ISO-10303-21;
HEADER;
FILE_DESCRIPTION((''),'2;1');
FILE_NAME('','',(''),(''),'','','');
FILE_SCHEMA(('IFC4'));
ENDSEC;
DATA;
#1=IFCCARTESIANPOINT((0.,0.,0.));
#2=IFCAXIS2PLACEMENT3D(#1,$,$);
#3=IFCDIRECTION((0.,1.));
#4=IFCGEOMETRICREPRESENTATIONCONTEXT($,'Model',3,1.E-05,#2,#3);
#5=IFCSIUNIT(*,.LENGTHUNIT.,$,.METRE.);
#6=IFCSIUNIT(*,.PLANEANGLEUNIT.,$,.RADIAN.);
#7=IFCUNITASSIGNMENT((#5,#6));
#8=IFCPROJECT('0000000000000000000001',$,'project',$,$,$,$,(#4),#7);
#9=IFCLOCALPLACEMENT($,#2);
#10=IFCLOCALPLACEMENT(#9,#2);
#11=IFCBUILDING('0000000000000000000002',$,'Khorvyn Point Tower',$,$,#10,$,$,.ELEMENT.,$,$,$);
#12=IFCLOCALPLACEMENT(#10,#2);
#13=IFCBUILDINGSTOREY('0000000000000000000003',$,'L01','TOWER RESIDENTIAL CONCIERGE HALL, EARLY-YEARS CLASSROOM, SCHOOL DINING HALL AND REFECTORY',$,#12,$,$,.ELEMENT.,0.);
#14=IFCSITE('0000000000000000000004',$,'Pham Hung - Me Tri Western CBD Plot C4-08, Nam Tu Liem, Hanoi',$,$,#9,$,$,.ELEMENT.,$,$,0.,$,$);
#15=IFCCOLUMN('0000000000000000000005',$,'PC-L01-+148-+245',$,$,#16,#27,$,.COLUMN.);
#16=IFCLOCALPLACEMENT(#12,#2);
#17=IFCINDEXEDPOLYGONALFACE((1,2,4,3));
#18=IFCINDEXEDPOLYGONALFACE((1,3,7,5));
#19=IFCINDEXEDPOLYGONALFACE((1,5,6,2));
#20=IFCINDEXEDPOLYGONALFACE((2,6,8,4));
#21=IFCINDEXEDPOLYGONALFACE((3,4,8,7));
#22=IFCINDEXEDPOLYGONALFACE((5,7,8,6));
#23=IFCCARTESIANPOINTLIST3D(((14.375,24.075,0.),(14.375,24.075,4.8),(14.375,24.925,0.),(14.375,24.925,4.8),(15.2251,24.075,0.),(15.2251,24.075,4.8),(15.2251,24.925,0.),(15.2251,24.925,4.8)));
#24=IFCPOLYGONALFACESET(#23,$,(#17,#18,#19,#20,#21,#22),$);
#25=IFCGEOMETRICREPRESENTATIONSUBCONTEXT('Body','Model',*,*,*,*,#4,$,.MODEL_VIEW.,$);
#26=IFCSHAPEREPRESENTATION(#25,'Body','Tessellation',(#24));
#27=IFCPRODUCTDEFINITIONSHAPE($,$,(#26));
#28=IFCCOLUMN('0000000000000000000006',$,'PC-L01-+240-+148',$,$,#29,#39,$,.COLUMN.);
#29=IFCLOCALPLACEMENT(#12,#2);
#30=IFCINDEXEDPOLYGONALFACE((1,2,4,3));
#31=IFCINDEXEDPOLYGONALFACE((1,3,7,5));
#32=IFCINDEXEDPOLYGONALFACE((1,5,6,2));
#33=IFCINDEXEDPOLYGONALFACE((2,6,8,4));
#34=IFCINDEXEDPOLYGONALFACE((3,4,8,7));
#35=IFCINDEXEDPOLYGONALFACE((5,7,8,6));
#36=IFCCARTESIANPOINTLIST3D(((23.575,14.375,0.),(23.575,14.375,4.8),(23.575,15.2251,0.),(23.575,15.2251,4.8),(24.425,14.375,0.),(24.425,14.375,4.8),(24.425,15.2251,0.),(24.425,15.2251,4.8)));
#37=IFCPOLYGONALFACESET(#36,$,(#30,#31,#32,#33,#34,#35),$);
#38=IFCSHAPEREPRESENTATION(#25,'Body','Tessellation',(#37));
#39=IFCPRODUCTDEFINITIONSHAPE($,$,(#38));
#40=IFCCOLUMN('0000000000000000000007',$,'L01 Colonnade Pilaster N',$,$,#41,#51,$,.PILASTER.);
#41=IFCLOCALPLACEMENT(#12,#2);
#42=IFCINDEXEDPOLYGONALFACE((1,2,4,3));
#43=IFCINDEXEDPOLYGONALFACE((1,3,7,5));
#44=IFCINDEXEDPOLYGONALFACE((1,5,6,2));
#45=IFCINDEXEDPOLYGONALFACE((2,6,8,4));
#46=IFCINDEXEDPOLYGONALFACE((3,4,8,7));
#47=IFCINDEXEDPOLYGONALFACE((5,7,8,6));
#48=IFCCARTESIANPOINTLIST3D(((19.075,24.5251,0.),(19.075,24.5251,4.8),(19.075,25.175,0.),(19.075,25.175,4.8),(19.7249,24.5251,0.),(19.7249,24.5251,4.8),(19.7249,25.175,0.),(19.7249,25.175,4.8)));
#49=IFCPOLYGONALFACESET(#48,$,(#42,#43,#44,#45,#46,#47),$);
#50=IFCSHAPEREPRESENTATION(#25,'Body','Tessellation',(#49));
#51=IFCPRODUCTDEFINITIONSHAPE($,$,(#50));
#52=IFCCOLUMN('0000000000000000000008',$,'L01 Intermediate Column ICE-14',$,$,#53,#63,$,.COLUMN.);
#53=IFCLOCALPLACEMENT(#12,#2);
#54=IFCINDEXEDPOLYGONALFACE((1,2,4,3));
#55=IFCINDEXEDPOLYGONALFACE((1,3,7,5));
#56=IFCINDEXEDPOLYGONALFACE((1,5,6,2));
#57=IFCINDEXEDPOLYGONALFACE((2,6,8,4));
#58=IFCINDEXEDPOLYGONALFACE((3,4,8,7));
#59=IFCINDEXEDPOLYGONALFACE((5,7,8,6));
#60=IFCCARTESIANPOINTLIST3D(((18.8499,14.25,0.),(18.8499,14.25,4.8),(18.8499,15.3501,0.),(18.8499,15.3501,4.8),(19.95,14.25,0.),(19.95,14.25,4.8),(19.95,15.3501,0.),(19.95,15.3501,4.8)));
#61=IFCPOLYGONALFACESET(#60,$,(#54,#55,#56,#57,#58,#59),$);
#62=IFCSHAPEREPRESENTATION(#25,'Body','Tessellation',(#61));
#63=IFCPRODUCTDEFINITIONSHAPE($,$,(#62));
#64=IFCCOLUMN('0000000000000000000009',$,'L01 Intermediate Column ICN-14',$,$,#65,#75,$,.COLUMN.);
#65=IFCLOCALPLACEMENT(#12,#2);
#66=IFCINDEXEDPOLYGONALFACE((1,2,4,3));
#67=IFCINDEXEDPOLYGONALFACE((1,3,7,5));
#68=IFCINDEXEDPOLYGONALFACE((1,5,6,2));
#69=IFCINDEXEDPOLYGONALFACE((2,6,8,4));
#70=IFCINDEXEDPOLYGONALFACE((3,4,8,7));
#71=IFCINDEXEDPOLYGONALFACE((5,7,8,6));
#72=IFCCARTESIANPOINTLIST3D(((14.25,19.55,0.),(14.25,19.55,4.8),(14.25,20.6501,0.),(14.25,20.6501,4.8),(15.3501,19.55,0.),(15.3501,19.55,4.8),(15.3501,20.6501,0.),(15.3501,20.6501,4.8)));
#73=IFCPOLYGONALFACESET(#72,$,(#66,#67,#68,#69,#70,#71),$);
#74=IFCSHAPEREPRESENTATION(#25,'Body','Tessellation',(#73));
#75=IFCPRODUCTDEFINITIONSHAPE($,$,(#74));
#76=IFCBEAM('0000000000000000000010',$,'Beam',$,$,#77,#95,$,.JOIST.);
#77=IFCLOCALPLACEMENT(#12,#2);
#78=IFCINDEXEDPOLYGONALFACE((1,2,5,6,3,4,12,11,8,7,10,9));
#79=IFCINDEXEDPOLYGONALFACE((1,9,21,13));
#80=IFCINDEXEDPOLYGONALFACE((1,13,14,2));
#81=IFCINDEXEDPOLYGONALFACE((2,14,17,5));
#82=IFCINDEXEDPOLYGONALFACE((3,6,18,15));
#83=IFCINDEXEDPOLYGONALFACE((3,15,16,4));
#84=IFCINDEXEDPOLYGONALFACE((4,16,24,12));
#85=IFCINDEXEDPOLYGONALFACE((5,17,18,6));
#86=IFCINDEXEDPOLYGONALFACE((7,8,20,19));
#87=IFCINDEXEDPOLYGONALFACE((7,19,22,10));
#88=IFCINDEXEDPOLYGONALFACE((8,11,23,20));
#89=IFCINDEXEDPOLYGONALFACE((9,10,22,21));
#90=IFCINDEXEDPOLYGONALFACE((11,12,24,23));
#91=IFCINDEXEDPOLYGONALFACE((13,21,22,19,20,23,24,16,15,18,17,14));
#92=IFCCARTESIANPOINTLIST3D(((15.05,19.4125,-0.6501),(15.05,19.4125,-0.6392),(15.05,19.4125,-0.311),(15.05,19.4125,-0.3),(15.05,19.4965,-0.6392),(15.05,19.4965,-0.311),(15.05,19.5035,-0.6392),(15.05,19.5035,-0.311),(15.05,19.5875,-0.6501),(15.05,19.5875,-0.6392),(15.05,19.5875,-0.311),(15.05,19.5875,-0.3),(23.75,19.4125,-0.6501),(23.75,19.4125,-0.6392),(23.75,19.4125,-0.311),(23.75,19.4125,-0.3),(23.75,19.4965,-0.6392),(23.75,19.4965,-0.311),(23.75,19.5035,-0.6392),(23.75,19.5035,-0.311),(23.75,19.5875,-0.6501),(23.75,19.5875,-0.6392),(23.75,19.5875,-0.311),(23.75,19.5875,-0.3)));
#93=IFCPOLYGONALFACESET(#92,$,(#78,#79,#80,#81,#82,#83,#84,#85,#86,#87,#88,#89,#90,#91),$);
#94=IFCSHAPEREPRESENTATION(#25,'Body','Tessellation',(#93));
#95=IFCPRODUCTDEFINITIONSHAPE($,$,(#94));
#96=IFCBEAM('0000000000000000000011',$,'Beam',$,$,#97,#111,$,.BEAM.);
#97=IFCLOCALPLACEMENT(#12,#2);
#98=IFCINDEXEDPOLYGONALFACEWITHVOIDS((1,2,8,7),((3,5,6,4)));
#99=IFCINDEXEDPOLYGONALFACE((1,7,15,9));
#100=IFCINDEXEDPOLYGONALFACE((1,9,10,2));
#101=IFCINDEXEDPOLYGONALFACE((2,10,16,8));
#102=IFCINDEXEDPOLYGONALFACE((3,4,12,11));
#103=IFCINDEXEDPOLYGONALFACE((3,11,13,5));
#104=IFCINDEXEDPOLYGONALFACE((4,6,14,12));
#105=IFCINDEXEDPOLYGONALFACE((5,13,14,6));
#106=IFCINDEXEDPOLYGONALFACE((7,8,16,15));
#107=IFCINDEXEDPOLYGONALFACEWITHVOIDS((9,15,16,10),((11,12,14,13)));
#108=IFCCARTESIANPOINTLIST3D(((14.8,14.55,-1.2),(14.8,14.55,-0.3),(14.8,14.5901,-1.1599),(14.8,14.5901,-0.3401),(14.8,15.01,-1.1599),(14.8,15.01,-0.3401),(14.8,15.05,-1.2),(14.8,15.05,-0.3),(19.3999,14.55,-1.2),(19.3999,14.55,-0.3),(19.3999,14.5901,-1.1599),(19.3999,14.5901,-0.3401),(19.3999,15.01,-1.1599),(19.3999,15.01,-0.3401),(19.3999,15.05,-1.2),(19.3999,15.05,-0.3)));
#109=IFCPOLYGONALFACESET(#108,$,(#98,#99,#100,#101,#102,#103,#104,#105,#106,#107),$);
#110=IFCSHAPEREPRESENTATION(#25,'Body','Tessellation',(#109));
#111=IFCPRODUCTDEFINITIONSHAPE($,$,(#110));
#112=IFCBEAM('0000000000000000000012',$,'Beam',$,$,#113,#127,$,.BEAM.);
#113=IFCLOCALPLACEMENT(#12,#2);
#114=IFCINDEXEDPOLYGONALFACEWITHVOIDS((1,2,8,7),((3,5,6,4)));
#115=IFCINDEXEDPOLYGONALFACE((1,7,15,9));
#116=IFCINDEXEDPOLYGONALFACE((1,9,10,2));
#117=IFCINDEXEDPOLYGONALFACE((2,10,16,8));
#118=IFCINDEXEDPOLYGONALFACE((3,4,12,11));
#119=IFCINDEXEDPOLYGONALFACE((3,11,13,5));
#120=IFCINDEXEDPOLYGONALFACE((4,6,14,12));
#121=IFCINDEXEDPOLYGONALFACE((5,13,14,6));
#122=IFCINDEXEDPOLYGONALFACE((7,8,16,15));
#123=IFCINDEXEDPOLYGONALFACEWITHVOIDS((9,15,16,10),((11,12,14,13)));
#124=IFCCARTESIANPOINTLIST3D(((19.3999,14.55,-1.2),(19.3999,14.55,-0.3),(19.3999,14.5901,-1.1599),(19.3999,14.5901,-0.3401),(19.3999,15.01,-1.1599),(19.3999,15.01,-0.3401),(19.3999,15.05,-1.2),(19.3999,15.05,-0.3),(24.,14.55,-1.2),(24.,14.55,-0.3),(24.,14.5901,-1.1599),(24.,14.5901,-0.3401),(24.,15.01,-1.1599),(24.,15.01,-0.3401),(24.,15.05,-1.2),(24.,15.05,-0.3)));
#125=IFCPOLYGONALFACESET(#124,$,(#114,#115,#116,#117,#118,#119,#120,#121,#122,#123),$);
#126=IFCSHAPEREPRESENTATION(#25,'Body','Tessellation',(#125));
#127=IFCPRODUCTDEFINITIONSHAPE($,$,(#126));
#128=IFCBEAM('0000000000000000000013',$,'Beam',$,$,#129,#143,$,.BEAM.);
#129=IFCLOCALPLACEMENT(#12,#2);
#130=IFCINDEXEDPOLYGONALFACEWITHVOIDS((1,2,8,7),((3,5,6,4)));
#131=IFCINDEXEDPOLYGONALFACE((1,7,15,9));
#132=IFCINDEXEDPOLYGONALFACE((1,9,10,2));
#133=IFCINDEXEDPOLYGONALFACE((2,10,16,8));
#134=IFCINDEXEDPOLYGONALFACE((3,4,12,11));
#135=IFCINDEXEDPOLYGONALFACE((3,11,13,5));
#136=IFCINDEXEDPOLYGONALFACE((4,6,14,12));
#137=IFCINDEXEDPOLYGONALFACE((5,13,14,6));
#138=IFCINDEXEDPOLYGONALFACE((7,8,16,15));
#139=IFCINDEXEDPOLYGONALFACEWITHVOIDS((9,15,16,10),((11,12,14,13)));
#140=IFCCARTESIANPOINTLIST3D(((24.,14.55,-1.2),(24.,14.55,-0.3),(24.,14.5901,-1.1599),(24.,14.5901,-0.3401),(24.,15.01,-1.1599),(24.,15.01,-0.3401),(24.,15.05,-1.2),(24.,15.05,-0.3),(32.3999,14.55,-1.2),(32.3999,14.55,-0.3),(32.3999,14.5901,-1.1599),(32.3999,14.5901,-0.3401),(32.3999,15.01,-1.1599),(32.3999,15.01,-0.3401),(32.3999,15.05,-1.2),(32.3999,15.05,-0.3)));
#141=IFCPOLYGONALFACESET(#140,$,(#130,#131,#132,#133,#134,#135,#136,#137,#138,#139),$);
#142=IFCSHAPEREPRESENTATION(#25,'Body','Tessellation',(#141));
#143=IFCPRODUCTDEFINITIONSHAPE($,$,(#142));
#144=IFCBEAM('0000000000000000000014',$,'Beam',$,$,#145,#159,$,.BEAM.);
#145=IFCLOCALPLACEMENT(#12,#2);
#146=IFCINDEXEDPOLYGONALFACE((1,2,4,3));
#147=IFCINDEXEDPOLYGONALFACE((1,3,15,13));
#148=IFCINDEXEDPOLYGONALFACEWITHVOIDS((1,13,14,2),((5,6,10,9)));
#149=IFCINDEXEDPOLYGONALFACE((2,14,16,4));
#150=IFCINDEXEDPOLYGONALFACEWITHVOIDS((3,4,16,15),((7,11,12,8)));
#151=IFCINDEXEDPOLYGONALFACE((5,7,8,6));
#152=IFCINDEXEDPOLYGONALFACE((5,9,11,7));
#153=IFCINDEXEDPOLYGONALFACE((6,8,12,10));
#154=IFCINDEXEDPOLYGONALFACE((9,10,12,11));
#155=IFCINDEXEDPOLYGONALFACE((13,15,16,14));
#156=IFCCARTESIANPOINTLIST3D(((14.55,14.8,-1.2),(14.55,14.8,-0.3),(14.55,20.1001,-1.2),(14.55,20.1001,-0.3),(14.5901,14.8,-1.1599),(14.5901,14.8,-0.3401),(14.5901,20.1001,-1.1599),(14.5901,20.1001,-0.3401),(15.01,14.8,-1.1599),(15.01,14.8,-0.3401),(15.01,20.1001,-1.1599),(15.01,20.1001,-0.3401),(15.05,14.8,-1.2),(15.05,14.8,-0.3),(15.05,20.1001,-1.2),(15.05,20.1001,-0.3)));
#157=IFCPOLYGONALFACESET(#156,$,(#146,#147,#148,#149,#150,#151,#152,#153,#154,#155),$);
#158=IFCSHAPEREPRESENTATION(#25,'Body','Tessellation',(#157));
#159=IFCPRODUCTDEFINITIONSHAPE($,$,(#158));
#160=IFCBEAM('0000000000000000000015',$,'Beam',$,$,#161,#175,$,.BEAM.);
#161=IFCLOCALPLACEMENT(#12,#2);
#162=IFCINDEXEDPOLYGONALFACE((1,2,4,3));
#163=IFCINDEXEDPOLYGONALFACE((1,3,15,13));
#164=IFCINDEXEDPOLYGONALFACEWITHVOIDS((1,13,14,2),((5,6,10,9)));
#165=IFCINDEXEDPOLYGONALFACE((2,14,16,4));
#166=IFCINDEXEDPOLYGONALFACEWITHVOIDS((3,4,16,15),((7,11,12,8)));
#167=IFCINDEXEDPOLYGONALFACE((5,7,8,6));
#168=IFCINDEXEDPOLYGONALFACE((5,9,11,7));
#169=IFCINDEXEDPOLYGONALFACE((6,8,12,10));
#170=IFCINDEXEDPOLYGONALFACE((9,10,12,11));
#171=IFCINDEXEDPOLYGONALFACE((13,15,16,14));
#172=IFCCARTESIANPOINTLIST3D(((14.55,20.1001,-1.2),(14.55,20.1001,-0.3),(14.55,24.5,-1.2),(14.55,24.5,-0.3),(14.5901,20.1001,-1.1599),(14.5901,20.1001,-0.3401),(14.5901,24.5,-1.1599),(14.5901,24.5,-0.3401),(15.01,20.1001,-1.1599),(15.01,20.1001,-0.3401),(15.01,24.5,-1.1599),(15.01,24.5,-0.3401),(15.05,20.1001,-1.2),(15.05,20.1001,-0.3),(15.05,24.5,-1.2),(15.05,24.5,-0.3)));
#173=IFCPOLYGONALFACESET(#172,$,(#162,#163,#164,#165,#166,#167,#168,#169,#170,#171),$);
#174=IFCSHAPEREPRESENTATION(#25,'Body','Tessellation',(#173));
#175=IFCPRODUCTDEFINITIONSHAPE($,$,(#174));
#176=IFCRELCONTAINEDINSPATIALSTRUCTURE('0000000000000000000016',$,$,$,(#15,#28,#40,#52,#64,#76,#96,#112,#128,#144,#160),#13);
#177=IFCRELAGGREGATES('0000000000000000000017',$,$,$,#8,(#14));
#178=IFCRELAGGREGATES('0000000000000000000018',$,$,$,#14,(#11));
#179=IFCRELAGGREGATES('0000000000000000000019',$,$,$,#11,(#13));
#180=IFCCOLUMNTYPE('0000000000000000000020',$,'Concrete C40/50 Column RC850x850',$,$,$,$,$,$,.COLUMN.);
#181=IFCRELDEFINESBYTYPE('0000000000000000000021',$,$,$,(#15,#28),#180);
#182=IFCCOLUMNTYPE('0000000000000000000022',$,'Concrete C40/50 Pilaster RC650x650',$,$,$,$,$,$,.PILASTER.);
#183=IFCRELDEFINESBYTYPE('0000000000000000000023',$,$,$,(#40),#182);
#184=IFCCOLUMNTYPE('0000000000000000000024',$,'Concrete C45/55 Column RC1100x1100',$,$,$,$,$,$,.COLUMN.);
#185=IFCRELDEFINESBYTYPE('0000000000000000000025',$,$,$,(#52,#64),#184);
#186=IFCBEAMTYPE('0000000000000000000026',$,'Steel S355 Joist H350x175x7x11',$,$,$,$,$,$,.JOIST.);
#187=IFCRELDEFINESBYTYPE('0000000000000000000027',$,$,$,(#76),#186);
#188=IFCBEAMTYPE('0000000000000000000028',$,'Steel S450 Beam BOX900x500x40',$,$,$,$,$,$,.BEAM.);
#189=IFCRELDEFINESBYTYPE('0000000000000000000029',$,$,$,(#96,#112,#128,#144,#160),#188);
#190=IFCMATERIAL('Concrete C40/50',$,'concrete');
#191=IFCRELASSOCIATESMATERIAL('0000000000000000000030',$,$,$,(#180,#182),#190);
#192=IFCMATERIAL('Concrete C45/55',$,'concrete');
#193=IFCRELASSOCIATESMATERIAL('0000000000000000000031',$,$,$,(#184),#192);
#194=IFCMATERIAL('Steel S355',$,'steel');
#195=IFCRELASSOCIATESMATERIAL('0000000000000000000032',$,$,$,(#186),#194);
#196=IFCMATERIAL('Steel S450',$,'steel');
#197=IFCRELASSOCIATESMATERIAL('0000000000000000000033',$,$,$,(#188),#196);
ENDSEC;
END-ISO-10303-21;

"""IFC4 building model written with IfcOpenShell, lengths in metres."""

from ifc_helpers import new_model, si_unit, direction, frame, origin, origin_2d, place, context, subcontext, project, spatial, rectangle, hollow_rectangle, i_section, extrude, material, material_profile, profile_set, type_object, element, save


model = new_model("IFC4")

# Units and contexts
model_context = context("Model", 3, precision=1e-05, world=origin(), true_north=direction((0.0, 1.0)))
body_context = subcontext(model_context, "Body", "Model", "MODEL_VIEW")
ifc_project = project(units=[si_unit("LENGTHUNIT", "METRE"), si_unit("PLANEANGLEUNIT", "RADIAN")], contexts=[model_context])

# Site, building, storey
site_placement = place(None, origin())
site = spatial("IfcSite", under=ifc_project, at=site_placement, Name="Pham Hung - Me Tri Western CBD Plot C4-08, Nam Tu Liem, Hanoi", CompositionType="ELEMENT", RefElevation=0.0)
building_placement = place(site_placement, origin())
building = spatial("IfcBuilding", under=site, at=building_placement, Name="Khorvyn Point Tower", CompositionType="ELEMENT")
storey_placement = place(building_placement, origin())
storey = spatial("IfcBuildingStorey", under=building, at=storey_placement, Name="L01", Description="TOWER RESIDENTIAL CONCIERGE HALL, EARLY-YEARS CLASSROOM, SCHOOL DINING HALL AND REFECTORY", CompositionType="ELEMENT", Elevation=0.0)

# Columns
ifc_material_1 = material(Name="Concrete C40/50", Category="concrete")
ifc_material_profile_1 = material_profile(ifc_material_1, rectangle(XDim=0.8501, YDim=0.8501, at=origin_2d()))
ifc_profile_set_1 = profile_set([ifc_material_profile_1], Name="Concrete C40/50 RC850x850")
column_type_1 = type_object("IfcColumnType", Name="Concrete C40/50 Column RC850x850", PredefinedType="COLUMN", material=ifc_profile_set_1)
for number, where, z_axis, x_axis, name in (
    (1, (14.8, 24.5, 0.0), (0.0, 0.0, 1.0), (1.0, 0.0, 0.0), "PC-L01-+148-+245"),
    (2, (24.0, 14.8, 0.0), (0.0, 0.0, 1.0), (1.0, 0.0, 0.0), "PC-L01-+240-+148"),
):
    element("IfcColumn", number, at=place(storey_placement, frame(where, z_axis=z_axis, x_axis=x_axis)), inside=storey, type_object=column_type_1, Name=name, PredefinedType="COLUMN", context=body_context, shape_type="SweptSolid", body=[
        extrude(rectangle(XDim=0.8501, YDim=0.8501, at=origin_2d()), origin(), (0.0, 0.0, 1.0), 4.8),
    ])
ifc_material_profile_2 = material_profile(ifc_material_1, rectangle(XDim=0.6499, YDim=0.6499, at=origin_2d()))
ifc_profile_set_2 = profile_set([ifc_material_profile_2], Name="Concrete C40/50 RC650x650")
column_type_2 = type_object("IfcColumnType", Name="Concrete C40/50 Pilaster RC650x650", PredefinedType="PILASTER", material=ifc_profile_set_2)
column_placement = place(storey_placement, frame((19.3999, 24.8501, 0.0), z_axis=(0.0, 0.0, 1.0), x_axis=(1.0, 0.0, 0.0)))
element("IfcColumn", 3, at=column_placement, inside=storey, type_object=column_type_2, Name="L01 Colonnade Pilaster N", PredefinedType="PILASTER", context=body_context, shape_type="SweptSolid", body=[
    extrude(rectangle(XDim=0.6499, YDim=0.6499, at=origin_2d()), origin(), (0.0, 0.0, 1.0), 4.8),
])
ifc_material_2 = material(Name="Concrete C45/55", Category="concrete")
ifc_material_profile_3 = material_profile(ifc_material_2, rectangle(XDim=1.1001, YDim=1.1001, at=origin_2d()))
ifc_profile_set_3 = profile_set([ifc_material_profile_3], Name="Concrete C45/55 RC1100x1100")
column_type_3 = type_object("IfcColumnType", Name="Concrete C45/55 Column RC1100x1100", PredefinedType="COLUMN", material=ifc_profile_set_3)
for number, where, z_axis, x_axis, name in (
    (4, (19.3999, 14.8, 0.0), (0.0, 0.0, 1.0), (1.0, 0.0, 0.0), "L01 Intermediate Column ICE-14"),
    (5, (14.8, 20.1001, 0.0), (0.0, 0.0, 1.0), (1.0, 0.0, 0.0), "L01 Intermediate Column ICN-14"),
):
    element("IfcColumn", number, at=place(storey_placement, frame(where, z_axis=z_axis, x_axis=x_axis)), inside=storey, type_object=column_type_3, Name=name, PredefinedType="COLUMN", context=body_context, shape_type="SweptSolid", body=[
        extrude(rectangle(XDim=1.1001, YDim=1.1001, at=origin_2d()), origin(), (0.0, 0.0, 1.0), 4.8),
    ])

# Beams
ifc_material_3 = material(Name="Steel S355", Category="steel")
ifc_material_profile_4 = material_profile(ifc_material_3, i_section(OverallWidth=0.175, OverallDepth=0.3501, WebThickness=0.0071, FlangeThickness=0.011, at=origin_2d()))
ifc_profile_set_4 = profile_set([ifc_material_profile_4], Name="Steel S355 H350x175x7x11")
beam_type_1 = type_object("IfcBeamType", Name="Steel S355 Joist H350x175x7x11", PredefinedType="JOIST", material=ifc_profile_set_4)
beam_1_placement = place(storey_placement, frame((15.05, 19.5, -0.4751), z_axis=(1.0, 0.0, 0.0), x_axis=(0.0, 1.0, 0.0)))
element("IfcBeam", 6, at=beam_1_placement, inside=storey, type_object=beam_type_1, Name="Beam", PredefinedType="JOIST", context=body_context, shape_type="SweptSolid", body=[
    extrude(i_section(OverallWidth=0.175, OverallDepth=0.3501, WebThickness=0.0071, FlangeThickness=0.011, at=origin_2d()), origin(), (0.0, 0.0, 1.0), 8.7),
])
ifc_material_4 = material(Name="Steel S450", Category="steel")
ifc_material_profile_5 = material_profile(ifc_material_4, hollow_rectangle(XDim=0.5, YDim=0.8999, WallThickness=0.04, at=origin_2d()))
ifc_profile_set_5 = profile_set([ifc_material_profile_5], Name="Steel S450 BOX900x500x40")
beam_type_2 = type_object("IfcBeamType", Name="Steel S450 Beam BOX900x500x40", PredefinedType="BEAM", material=ifc_profile_set_5)
beam_2_placement = place(storey_placement, frame((14.8, 14.8, -0.75), z_axis=(1.0, 0.0, 0.0), x_axis=(0.0, 1.0, 0.0)))
element("IfcBeam", 7, at=beam_2_placement, inside=storey, type_object=beam_type_2, Name="Beam", PredefinedType="BEAM", context=body_context, shape_type="SweptSolid", body=[
    extrude(hollow_rectangle(XDim=0.5, YDim=0.8999, WallThickness=0.04, at=origin_2d()), origin(), (0.0, 0.0, 1.0), 4.5999),
])
beam_3_placement = place(storey_placement, frame((19.3999, 14.8, -0.75), z_axis=(1.0, 0.0, 0.0), x_axis=(0.0, 1.0, 0.0)))
element("IfcBeam", 8, at=beam_3_placement, inside=storey, type_object=beam_type_2, Name="Beam", PredefinedType="BEAM", context=body_context, shape_type="SweptSolid", body=[
    extrude(hollow_rectangle(XDim=0.5, YDim=0.8999, WallThickness=0.04, at=origin_2d()), origin(), (0.0, 0.0, 1.0), 4.6001),
])
beam_4_placement = place(storey_placement, frame((24.0, 14.8, -0.75), z_axis=(1.0, 0.0, 0.0), x_axis=(0.0, 1.0, 0.0)))
element("IfcBeam", 9, at=beam_4_placement, inside=storey, type_object=beam_type_2, Name="Beam", PredefinedType="BEAM", context=body_context, shape_type="SweptSolid", body=[
    extrude(hollow_rectangle(XDim=0.5, YDim=0.8999, WallThickness=0.04, at=origin_2d()), origin(), (0.0, 0.0, 1.0), 8.3999),
])
beam_5_placement = place(storey_placement, frame((14.8, 14.8, -0.75), z_axis=(0.0, 1.0, 0.0), x_axis=(-1.0, 0.0, 0.0)))
element("IfcBeam", 10, at=beam_5_placement, inside=storey, type_object=beam_type_2, Name="Beam", PredefinedType="BEAM", context=body_context, shape_type="SweptSolid", body=[
    extrude(hollow_rectangle(XDim=0.5, YDim=0.8999, WallThickness=0.04, at=origin_2d()), origin(), (0.0, 0.0, 1.0), 5.3),
])
beam_6_placement = place(storey_placement, frame((14.8, 20.1001, -0.75), z_axis=(0.0, 1.0, 0.0), x_axis=(-1.0, 0.0, 0.0)))
element("IfcBeam", 11, at=beam_6_placement, inside=storey, type_object=beam_type_2, Name="Beam", PredefinedType="BEAM", context=body_context, shape_type="SweptSolid", body=[
    extrude(hollow_rectangle(XDim=0.5, YDim=0.8999, WallThickness=0.04, at=origin_2d()), origin(), (0.0, 0.0, 1.0), 4.3999),
])

save(model, "model.ifc")
